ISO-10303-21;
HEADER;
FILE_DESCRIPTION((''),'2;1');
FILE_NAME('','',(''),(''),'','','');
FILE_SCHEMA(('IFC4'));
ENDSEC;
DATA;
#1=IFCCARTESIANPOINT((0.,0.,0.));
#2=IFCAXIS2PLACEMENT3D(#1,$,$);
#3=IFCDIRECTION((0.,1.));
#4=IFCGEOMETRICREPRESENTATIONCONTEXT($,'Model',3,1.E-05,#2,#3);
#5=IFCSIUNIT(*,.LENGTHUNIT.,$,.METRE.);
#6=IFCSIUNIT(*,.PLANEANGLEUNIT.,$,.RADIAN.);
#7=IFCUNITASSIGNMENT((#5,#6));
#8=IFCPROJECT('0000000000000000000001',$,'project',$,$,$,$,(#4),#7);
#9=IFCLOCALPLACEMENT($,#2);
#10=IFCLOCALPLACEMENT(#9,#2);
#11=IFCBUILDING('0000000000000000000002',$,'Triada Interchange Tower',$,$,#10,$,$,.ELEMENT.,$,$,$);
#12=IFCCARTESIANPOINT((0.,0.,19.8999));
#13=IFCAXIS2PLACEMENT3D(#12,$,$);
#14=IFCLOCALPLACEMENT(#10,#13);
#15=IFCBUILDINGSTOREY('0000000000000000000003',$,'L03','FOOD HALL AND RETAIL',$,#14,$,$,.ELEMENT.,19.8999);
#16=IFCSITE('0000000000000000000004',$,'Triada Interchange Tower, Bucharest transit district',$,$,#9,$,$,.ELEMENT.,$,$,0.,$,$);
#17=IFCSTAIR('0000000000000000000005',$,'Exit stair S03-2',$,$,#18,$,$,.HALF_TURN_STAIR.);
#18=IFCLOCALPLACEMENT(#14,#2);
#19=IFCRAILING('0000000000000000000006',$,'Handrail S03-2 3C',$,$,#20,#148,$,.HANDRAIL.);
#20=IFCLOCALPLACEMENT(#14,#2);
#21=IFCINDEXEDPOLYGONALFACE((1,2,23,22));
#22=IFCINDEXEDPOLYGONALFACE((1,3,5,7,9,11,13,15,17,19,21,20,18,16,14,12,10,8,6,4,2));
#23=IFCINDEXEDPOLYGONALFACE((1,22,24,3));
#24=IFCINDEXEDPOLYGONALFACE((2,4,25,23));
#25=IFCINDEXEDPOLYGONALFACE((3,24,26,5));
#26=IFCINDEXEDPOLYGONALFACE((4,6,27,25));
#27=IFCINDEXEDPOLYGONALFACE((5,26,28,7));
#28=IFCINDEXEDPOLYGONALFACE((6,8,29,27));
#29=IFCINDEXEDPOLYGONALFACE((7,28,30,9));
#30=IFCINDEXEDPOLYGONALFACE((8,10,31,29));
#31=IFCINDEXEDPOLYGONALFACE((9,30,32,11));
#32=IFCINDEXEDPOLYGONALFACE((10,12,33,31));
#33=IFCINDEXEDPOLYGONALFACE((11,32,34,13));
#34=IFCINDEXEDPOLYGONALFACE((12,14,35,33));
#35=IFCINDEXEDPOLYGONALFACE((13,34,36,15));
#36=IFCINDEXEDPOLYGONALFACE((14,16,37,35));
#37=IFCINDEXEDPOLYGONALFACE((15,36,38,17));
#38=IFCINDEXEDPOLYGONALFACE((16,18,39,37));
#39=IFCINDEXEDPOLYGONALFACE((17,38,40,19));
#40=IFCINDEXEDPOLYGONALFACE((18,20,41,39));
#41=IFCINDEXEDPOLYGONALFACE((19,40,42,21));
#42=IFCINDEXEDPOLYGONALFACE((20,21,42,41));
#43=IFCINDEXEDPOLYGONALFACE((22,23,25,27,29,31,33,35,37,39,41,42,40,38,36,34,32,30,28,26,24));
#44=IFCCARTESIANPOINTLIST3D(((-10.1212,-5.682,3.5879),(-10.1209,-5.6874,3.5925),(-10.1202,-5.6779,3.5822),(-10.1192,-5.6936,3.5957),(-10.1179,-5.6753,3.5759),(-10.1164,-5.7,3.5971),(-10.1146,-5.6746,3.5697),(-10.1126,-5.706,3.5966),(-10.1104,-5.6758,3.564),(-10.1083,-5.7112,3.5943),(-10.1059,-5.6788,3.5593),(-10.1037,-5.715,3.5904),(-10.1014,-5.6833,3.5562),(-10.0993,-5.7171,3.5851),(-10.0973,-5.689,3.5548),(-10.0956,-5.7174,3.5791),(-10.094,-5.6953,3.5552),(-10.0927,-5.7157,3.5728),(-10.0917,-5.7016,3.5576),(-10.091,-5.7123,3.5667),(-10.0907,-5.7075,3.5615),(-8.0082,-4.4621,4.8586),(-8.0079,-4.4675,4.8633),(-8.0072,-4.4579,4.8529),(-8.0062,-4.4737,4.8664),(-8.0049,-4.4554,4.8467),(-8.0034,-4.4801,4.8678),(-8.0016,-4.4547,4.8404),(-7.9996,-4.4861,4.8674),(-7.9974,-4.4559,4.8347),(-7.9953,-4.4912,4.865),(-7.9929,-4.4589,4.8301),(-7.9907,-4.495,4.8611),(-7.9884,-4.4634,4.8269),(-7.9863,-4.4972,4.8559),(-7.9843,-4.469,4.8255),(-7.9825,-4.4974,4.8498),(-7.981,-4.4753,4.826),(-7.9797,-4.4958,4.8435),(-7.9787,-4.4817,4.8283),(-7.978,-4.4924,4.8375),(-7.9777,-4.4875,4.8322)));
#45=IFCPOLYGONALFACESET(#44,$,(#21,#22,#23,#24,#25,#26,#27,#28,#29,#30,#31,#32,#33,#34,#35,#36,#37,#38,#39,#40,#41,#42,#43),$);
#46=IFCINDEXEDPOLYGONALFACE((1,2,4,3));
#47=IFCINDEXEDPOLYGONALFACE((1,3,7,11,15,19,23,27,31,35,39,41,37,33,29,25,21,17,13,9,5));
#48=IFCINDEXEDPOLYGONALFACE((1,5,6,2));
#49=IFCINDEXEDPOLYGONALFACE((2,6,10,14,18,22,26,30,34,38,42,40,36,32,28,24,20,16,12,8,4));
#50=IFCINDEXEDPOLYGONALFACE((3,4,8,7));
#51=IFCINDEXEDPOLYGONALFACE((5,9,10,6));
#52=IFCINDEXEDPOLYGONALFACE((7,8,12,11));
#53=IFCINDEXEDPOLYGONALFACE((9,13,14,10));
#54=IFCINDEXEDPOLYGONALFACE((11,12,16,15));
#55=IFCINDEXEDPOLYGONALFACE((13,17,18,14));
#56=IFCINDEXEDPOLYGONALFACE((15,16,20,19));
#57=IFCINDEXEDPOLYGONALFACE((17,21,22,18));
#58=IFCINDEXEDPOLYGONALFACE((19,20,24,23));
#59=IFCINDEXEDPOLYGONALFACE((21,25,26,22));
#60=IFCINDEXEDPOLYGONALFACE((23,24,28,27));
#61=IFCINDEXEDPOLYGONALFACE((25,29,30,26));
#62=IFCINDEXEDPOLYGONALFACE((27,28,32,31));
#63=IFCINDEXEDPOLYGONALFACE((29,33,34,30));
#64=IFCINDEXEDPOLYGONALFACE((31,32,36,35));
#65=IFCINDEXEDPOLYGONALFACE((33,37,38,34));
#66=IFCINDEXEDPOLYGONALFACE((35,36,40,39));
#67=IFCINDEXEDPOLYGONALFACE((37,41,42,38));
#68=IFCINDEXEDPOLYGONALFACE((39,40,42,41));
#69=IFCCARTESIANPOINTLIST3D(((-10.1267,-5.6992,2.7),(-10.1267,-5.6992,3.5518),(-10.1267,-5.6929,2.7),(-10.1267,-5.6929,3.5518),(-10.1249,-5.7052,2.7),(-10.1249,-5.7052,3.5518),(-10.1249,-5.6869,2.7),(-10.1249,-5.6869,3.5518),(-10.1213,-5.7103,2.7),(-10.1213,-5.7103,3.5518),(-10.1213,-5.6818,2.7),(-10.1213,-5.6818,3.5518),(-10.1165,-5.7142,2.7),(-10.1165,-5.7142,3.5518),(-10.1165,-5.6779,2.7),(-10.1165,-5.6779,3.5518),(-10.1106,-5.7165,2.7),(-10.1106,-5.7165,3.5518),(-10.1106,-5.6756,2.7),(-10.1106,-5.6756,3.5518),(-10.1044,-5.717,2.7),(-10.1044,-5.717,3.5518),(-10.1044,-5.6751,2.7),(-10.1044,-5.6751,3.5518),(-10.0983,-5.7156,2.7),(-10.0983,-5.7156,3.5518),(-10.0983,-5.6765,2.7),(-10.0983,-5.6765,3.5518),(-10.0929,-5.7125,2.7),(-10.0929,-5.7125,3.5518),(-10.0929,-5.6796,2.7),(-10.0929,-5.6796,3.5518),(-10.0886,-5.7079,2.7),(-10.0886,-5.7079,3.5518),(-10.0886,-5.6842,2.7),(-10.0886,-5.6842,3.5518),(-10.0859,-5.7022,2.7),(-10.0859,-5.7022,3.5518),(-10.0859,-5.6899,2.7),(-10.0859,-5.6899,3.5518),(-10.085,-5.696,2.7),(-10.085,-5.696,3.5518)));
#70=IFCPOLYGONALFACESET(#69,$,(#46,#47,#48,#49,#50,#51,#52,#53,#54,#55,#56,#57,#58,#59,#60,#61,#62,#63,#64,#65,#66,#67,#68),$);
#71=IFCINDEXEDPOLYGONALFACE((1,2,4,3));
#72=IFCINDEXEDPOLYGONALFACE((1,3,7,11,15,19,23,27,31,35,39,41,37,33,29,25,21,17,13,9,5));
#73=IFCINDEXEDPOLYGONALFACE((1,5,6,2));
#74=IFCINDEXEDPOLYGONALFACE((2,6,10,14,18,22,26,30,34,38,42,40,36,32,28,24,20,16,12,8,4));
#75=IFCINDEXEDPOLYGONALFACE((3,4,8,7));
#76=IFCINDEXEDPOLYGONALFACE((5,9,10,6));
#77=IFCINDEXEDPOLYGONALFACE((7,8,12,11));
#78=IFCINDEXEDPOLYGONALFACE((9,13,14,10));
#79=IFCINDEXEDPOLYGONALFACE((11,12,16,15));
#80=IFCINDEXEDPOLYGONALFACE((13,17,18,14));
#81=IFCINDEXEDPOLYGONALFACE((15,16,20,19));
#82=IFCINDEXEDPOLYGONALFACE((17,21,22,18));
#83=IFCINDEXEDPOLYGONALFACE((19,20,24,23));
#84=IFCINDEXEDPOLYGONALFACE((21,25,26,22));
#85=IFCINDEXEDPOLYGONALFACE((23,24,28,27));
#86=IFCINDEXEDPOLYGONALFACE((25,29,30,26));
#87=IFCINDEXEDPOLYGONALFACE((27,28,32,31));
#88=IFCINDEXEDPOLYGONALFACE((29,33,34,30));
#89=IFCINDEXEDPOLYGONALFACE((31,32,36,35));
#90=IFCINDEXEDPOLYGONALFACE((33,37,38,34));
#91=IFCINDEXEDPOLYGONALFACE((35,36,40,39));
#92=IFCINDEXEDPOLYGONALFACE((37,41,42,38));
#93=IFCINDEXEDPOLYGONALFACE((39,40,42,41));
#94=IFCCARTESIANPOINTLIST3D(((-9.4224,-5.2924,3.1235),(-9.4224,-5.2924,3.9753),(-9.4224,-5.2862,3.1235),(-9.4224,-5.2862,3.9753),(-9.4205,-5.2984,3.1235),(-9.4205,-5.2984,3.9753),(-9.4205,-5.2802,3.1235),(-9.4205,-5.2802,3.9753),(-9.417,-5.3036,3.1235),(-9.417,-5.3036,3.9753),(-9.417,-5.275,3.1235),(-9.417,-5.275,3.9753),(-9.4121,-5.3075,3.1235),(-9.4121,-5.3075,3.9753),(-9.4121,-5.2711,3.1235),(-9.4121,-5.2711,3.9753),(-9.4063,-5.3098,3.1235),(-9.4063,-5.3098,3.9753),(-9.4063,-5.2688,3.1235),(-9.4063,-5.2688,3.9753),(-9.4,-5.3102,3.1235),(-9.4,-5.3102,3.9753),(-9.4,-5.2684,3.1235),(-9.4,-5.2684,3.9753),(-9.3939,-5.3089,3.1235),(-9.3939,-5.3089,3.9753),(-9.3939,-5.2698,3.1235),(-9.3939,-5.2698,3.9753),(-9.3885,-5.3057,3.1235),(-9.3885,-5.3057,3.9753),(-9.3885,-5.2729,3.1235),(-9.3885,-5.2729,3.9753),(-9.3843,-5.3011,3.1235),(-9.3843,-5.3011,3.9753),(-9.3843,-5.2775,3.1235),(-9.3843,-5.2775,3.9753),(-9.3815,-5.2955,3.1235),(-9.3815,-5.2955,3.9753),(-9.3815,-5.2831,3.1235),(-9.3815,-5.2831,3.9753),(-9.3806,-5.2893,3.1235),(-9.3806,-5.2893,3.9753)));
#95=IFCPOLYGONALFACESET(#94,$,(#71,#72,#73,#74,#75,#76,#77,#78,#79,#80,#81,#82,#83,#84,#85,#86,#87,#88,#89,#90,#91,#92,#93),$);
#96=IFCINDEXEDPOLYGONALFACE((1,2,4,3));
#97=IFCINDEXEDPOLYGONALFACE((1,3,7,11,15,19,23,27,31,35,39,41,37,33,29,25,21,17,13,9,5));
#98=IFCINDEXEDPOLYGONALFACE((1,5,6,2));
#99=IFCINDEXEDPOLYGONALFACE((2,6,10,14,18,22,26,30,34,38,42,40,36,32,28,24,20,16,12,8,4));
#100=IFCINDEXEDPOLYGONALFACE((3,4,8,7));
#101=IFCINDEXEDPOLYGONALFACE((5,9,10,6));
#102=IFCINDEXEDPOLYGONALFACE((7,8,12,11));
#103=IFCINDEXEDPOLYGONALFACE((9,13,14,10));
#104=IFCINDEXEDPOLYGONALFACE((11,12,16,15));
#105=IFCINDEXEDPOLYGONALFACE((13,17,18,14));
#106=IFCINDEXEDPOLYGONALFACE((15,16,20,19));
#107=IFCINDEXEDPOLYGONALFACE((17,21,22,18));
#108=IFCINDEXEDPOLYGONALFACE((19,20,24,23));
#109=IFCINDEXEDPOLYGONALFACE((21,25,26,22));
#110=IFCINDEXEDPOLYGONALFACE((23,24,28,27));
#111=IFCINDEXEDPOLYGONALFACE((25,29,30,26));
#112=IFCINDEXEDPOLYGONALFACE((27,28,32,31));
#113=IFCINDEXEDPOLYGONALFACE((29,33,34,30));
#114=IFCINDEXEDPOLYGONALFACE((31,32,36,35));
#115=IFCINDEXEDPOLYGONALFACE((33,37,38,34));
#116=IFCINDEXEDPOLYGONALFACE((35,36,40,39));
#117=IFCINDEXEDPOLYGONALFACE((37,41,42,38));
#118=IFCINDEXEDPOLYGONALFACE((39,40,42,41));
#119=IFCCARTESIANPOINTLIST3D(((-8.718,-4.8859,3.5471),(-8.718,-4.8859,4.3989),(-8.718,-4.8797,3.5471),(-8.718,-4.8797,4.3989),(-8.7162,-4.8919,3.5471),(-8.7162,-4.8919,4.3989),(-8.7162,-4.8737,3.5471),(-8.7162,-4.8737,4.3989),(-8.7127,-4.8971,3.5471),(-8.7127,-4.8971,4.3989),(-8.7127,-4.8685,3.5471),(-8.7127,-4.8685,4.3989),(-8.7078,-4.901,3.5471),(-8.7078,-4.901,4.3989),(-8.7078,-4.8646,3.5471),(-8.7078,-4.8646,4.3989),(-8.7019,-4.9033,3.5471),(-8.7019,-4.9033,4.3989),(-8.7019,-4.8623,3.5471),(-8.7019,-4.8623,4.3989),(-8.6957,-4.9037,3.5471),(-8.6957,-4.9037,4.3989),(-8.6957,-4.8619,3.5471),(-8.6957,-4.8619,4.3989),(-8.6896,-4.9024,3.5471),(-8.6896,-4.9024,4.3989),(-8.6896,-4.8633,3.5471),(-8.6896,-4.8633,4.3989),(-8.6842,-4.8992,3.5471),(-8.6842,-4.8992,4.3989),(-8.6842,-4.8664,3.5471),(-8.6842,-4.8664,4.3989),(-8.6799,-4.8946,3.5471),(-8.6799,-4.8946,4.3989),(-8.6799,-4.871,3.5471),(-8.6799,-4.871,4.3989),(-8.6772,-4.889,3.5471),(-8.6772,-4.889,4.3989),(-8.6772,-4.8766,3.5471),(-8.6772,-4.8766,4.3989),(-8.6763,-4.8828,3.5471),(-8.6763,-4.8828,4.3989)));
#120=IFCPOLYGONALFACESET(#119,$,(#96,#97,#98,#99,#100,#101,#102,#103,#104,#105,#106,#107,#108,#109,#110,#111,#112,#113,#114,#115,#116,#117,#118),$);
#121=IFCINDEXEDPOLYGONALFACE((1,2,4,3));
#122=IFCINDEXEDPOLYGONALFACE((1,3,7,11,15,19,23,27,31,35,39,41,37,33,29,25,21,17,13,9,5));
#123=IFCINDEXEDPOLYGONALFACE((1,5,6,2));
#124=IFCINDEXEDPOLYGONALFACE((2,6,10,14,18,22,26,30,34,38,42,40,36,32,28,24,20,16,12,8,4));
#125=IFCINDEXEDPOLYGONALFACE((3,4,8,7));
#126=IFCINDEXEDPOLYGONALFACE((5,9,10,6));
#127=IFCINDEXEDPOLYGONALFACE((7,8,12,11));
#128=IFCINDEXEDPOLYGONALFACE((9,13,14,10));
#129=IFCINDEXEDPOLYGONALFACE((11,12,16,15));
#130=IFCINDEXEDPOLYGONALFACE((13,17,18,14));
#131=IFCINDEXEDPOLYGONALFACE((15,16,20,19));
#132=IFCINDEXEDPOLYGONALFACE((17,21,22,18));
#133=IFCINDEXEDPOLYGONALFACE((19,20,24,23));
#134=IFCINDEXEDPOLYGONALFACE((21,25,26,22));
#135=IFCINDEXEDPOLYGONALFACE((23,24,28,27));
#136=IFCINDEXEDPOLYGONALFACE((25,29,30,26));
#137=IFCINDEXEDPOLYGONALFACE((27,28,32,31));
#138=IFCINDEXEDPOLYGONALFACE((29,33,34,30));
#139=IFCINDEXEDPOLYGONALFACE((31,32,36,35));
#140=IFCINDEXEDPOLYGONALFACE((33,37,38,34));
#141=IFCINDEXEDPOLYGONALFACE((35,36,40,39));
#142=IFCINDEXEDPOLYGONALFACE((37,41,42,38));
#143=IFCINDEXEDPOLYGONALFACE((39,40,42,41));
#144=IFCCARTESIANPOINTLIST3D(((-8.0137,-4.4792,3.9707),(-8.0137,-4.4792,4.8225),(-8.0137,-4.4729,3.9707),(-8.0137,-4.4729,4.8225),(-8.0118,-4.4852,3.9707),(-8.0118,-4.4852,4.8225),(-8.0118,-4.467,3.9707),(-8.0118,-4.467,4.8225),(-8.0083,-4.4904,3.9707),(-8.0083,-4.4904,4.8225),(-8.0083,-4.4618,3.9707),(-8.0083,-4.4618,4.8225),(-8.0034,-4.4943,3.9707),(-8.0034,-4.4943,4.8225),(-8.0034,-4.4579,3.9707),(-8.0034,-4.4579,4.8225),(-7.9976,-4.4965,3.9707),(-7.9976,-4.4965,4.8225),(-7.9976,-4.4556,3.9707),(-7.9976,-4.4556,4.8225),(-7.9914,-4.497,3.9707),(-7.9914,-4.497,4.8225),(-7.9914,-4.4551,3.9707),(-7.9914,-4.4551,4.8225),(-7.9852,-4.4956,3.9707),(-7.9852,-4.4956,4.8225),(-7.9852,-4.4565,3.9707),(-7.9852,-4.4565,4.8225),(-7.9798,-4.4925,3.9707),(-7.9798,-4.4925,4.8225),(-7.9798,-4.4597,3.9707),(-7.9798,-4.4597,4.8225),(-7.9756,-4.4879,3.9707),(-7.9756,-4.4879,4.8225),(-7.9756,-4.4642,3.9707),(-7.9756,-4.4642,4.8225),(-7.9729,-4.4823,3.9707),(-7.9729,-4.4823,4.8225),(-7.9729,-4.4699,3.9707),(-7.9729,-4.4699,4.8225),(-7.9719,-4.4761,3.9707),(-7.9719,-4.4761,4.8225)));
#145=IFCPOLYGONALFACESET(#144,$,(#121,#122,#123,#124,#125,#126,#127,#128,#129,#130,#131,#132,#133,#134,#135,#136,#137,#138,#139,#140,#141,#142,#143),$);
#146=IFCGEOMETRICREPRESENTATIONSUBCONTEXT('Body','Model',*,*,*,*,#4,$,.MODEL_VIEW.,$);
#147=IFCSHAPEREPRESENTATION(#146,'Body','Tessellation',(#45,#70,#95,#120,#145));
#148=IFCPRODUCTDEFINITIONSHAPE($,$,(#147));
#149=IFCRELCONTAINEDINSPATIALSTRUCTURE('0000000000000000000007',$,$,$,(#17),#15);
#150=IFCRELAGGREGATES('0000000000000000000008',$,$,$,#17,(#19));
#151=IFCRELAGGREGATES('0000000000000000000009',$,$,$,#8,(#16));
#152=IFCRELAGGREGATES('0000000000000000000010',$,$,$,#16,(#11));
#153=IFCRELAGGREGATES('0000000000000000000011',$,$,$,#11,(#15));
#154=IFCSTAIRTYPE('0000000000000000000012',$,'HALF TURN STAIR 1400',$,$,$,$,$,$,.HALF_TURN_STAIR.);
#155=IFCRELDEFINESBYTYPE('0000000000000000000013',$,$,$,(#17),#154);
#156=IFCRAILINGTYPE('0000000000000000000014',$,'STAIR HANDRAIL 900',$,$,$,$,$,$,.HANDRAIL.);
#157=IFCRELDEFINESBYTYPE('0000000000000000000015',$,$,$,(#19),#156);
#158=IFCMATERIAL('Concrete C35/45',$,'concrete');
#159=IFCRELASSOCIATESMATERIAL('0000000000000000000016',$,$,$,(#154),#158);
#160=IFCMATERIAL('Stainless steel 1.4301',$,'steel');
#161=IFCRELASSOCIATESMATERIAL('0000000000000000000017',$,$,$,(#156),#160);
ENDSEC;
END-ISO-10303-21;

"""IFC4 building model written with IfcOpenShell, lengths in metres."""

from ifc_helpers import new_model, si_unit, direction, frame, origin, origin_2d, place, context, subcontext, project, spatial, circle, extrude, material, type_object, element, aggregate, save


model = new_model("IFC4")

# Units and contexts
model_context = context("Model", 3, precision=1e-05, world=origin(), true_north=direction((0.0, 1.0)))
body_context = subcontext(model_context, "Body", "Model", "MODEL_VIEW")
ifc_project = project(units=[si_unit("LENGTHUNIT", "METRE"), si_unit("PLANEANGLEUNIT", "RADIAN")], contexts=[model_context])

# Site, building, storey
site_placement = place(None, origin())
site = spatial("IfcSite", under=ifc_project, at=site_placement, Name="Triada Interchange Tower, Bucharest transit district", CompositionType="ELEMENT", RefElevation=0.0)
building_placement = place(site_placement, origin())
building = spatial("IfcBuilding", under=site, at=building_placement, Name="Triada Interchange Tower", CompositionType="ELEMENT")
storey_placement = place(building_placement, frame((0.0, 0.0, 19.8999)))
storey = spatial("IfcBuildingStorey", under=building, at=storey_placement, Name="L03", Description="FOOD HALL AND RETAIL", CompositionType="ELEMENT", Elevation=19.8999)

# Shared definitions
ifc_material_1 = material(Name="Concrete C35/45", Category="concrete")

# Stair, railing
stair_type = type_object("IfcStairType", Name="HALF TURN STAIR 1400", PredefinedType="HALF_TURN_STAIR", material=ifc_material_1)
stair_placement = place(storey_placement, origin())
stair = element("IfcStair", 1, at=stair_placement, inside=storey, type_object=stair_type, Name="Exit stair S03-2", PredefinedType="HALF_TURN_STAIR")
ifc_material_2 = material(Name="Stainless steel 1.4301", Category="steel")
railing_type = type_object("IfcRailingType", Name="STAIR HANDRAIL 900", PredefinedType="HANDRAIL", material=ifc_material_2)
railing_1_placement = place(storey_placement, frame((-10.106, -5.696, 2.7)))
railing_1 = element("IfcRailing", 2, at=railing_1_placement, type_object=railing_type, Name="Handrail S03-2 3C", PredefinedType="HANDRAIL", context=body_context, shape_type="SweptSolid", body=[
    extrude(circle(Radius=0.0239, at=origin_2d()), frame((0.0, 0.0, 0.876), z_axis=(0.768095, 0.443463, 0.461922), x_axis=(-0.500003, 0.866024, 0.0)), (0.0, 0.0, 1.0), 2.751),
    extrude(circle(Radius=0.021, at=origin_2d()), origin(), (0.0, 0.0, 1.0), 0.8518),
    extrude(circle(Radius=0.021, at=origin_2d()), frame((0.7043, 0.4067, 0.4236)), (0.0, 0.0, 1.0), 0.8518),
    extrude(circle(Radius=0.021, at=origin_2d()), frame((1.4087, 0.8132, 0.8472)), (0.0, 0.0, 1.0), 0.8518),
    extrude(circle(Radius=0.021, at=origin_2d()), frame((2.113, 1.22, 1.2708)), (0.0, 0.0, 1.0), 0.8518),
])
aggregate(stair, [railing_1])

save(model, "model.ifc")
